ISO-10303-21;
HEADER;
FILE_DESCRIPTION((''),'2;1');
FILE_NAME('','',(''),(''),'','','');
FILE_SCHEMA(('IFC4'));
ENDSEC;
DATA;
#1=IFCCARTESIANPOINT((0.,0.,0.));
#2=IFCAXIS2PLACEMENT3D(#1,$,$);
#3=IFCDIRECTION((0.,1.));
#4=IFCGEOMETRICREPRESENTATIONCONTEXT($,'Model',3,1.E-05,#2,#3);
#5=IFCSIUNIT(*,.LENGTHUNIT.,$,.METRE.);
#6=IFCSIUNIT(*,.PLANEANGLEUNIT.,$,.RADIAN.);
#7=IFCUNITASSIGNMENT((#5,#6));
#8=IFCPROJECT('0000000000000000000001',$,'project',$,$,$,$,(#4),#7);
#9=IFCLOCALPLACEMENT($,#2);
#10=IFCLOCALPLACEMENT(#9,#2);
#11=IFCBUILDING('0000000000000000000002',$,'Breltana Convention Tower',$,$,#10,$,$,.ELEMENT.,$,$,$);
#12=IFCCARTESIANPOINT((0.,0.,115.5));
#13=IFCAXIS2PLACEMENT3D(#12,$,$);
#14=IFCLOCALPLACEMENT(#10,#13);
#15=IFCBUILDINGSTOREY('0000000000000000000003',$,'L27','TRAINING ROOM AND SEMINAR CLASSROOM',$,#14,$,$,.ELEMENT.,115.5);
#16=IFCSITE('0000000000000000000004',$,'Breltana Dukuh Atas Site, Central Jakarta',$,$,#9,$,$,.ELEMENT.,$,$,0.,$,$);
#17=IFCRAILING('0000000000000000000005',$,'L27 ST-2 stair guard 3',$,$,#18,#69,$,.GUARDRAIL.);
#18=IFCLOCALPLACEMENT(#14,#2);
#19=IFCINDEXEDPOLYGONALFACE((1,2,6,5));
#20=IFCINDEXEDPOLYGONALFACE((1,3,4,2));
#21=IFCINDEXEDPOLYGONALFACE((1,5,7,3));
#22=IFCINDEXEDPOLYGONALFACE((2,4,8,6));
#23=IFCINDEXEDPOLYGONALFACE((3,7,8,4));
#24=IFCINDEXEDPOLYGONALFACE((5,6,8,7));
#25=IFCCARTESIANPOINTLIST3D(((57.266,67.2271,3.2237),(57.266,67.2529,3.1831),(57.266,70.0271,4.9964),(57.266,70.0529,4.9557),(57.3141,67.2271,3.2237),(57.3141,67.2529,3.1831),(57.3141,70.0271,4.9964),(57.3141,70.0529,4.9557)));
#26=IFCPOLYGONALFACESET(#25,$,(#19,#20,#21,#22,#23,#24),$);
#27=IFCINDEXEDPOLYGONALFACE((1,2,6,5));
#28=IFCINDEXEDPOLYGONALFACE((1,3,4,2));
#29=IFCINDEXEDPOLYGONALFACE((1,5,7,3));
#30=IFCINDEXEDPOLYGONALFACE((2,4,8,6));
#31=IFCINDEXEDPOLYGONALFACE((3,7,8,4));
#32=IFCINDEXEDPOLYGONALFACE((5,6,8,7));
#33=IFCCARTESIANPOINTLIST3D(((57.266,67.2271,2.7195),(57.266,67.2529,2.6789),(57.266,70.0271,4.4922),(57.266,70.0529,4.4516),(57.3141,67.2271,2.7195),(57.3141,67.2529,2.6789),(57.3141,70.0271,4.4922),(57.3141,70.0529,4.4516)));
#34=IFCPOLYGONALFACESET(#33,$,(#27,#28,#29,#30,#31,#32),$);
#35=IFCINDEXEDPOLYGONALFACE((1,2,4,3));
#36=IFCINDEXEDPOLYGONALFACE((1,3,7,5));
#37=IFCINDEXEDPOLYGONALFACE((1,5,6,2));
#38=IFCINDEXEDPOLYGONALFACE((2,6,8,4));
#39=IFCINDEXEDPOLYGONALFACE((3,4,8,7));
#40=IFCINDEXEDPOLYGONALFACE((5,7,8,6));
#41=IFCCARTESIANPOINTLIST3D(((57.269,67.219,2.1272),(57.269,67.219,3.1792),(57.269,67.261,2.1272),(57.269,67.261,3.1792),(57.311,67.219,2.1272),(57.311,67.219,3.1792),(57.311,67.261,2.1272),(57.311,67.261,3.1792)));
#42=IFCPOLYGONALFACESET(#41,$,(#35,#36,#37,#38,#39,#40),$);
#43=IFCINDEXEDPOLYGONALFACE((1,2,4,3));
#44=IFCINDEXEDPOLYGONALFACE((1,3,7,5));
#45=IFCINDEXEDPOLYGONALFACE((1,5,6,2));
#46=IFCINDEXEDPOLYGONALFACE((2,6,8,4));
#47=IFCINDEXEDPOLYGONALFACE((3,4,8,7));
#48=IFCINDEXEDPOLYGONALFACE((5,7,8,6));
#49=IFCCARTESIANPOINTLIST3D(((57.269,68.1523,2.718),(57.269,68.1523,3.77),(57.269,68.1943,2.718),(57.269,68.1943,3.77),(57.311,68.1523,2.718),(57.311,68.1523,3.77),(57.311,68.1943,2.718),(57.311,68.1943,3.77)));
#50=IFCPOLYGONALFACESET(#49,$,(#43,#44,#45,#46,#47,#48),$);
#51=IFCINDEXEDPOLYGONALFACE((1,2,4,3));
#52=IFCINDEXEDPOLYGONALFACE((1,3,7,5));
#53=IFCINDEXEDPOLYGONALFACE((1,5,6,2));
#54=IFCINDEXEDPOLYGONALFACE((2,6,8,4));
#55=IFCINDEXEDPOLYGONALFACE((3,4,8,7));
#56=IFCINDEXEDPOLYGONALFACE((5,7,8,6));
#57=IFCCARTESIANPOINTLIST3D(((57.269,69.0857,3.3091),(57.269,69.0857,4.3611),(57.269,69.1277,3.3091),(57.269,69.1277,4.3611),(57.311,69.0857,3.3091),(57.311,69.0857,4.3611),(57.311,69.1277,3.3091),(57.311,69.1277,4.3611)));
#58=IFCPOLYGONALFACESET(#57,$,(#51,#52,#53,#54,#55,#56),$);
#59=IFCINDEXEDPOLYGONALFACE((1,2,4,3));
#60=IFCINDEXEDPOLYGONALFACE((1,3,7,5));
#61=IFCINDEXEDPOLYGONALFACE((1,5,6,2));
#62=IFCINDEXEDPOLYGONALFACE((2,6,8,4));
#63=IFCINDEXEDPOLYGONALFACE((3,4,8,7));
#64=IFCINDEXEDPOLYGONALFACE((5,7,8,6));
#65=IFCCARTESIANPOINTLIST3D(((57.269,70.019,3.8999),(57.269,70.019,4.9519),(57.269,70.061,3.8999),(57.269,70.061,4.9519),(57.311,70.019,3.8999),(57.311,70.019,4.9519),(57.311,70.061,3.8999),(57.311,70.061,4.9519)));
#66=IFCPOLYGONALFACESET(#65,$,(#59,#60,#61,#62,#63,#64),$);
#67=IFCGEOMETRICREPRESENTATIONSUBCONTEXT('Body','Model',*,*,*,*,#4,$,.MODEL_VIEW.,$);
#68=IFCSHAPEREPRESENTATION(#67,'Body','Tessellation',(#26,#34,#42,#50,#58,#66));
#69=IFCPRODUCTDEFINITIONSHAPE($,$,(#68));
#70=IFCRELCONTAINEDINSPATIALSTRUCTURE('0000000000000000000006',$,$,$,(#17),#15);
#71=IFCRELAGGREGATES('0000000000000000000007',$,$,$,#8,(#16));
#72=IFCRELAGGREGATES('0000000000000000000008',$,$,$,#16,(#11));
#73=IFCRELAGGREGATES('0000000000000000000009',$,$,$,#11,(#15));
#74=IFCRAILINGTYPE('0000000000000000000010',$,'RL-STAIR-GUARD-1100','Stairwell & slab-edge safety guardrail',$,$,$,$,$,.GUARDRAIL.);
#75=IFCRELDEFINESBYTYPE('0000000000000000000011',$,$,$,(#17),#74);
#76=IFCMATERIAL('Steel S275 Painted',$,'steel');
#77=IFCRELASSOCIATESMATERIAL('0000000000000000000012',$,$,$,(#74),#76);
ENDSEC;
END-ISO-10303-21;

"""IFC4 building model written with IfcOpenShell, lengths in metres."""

from ifc_helpers import new_model, si_unit, direction, frame, origin, origin_2d, place, context, subcontext, project, spatial, rectangle, extrude, material, type_object, element, save


model = new_model("IFC4")

# Units and contexts
model_context = context("Model", 3, precision=1e-05, world=origin(), true_north=direction((0.0, 1.0)))
body_context = subcontext(model_context, "Body", "Model", "MODEL_VIEW")
ifc_project = project(units=[si_unit("LENGTHUNIT", "METRE"), si_unit("PLANEANGLEUNIT", "RADIAN")], contexts=[model_context])

# Site, building, storey
site_placement = place(None, origin())
site = spatial("IfcSite", under=ifc_project, at=site_placement, Name="Breltana Dukuh Atas Site, Central Jakarta", CompositionType="ELEMENT", RefElevation=0.0)
building_placement = place(site_placement, origin())
building = spatial("IfcBuilding", under=site, at=building_placement, Name="Breltana Convention Tower", CompositionType="ELEMENT")
storey_placement = place(building_placement, frame((0.0, 0.0, 115.5)))
storey = spatial("IfcBuildingStorey", under=building, at=storey_placement, Name="L27", Description="TRAINING ROOM AND SEMINAR CLASSROOM", CompositionType="ELEMENT", Elevation=115.5)

# Railing
ifc_material_1 = material(Name="Steel S275 Painted", Category="steel")
railing_type = type_object("IfcRailingType", Name="RL-STAIR-GUARD-1100", Description="Stairwell & slab-edge safety guardrail", PredefinedType="GUARDRAIL", material=ifc_material_1)
railing_1_placement = place(storey_placement, frame((57.29, 67.24, 2.1272)))
element("IfcRailing", 1, at=railing_1_placement, inside=storey, type_object=railing_type, Name="L27 ST-2 stair guard 3", PredefinedType="GUARDRAIL", context=body_context, shape_type="SweptSolid", body=[
    extrude(rectangle(XDim=0.0481, YDim=0.0481, at=origin_2d()), frame((0.0, 0.0, 1.0762), z_axis=(0.0, 0.844909, 0.53491), x_axis=(-1.0, 0.0, 0.0)), (0.0, 0.0, 1.0), 3.314),
    extrude(rectangle(XDim=0.0481, YDim=0.0481, at=origin_2d()), frame((0.0, 0.0, 0.572), z_axis=(0.0, 0.844909, 0.53491), x_axis=(-1.0, 0.0, 0.0)), (0.0, 0.0, 1.0), 3.314),
    extrude(rectangle(XDim=0.042, YDim=0.042, at=origin_2d()), origin(), (0.0, 0.0, 1.0), 1.052),
    extrude(rectangle(XDim=0.042, YDim=0.042, at=origin_2d()), frame((0.0, 0.9333, 0.5908)), (0.0, 0.0, 1.0), 1.052),
    extrude(rectangle(XDim=0.042, YDim=0.042, at=origin_2d()), frame((0.0, 1.8667, 1.1819)), (0.0, 0.0, 1.0), 1.052),
    extrude(rectangle(XDim=0.042, YDim=0.042, at=origin_2d()), frame((0.0, 2.8, 1.7727)), (0.0, 0.0, 1.0), 1.052),
])

save(model, "model.ifc")
